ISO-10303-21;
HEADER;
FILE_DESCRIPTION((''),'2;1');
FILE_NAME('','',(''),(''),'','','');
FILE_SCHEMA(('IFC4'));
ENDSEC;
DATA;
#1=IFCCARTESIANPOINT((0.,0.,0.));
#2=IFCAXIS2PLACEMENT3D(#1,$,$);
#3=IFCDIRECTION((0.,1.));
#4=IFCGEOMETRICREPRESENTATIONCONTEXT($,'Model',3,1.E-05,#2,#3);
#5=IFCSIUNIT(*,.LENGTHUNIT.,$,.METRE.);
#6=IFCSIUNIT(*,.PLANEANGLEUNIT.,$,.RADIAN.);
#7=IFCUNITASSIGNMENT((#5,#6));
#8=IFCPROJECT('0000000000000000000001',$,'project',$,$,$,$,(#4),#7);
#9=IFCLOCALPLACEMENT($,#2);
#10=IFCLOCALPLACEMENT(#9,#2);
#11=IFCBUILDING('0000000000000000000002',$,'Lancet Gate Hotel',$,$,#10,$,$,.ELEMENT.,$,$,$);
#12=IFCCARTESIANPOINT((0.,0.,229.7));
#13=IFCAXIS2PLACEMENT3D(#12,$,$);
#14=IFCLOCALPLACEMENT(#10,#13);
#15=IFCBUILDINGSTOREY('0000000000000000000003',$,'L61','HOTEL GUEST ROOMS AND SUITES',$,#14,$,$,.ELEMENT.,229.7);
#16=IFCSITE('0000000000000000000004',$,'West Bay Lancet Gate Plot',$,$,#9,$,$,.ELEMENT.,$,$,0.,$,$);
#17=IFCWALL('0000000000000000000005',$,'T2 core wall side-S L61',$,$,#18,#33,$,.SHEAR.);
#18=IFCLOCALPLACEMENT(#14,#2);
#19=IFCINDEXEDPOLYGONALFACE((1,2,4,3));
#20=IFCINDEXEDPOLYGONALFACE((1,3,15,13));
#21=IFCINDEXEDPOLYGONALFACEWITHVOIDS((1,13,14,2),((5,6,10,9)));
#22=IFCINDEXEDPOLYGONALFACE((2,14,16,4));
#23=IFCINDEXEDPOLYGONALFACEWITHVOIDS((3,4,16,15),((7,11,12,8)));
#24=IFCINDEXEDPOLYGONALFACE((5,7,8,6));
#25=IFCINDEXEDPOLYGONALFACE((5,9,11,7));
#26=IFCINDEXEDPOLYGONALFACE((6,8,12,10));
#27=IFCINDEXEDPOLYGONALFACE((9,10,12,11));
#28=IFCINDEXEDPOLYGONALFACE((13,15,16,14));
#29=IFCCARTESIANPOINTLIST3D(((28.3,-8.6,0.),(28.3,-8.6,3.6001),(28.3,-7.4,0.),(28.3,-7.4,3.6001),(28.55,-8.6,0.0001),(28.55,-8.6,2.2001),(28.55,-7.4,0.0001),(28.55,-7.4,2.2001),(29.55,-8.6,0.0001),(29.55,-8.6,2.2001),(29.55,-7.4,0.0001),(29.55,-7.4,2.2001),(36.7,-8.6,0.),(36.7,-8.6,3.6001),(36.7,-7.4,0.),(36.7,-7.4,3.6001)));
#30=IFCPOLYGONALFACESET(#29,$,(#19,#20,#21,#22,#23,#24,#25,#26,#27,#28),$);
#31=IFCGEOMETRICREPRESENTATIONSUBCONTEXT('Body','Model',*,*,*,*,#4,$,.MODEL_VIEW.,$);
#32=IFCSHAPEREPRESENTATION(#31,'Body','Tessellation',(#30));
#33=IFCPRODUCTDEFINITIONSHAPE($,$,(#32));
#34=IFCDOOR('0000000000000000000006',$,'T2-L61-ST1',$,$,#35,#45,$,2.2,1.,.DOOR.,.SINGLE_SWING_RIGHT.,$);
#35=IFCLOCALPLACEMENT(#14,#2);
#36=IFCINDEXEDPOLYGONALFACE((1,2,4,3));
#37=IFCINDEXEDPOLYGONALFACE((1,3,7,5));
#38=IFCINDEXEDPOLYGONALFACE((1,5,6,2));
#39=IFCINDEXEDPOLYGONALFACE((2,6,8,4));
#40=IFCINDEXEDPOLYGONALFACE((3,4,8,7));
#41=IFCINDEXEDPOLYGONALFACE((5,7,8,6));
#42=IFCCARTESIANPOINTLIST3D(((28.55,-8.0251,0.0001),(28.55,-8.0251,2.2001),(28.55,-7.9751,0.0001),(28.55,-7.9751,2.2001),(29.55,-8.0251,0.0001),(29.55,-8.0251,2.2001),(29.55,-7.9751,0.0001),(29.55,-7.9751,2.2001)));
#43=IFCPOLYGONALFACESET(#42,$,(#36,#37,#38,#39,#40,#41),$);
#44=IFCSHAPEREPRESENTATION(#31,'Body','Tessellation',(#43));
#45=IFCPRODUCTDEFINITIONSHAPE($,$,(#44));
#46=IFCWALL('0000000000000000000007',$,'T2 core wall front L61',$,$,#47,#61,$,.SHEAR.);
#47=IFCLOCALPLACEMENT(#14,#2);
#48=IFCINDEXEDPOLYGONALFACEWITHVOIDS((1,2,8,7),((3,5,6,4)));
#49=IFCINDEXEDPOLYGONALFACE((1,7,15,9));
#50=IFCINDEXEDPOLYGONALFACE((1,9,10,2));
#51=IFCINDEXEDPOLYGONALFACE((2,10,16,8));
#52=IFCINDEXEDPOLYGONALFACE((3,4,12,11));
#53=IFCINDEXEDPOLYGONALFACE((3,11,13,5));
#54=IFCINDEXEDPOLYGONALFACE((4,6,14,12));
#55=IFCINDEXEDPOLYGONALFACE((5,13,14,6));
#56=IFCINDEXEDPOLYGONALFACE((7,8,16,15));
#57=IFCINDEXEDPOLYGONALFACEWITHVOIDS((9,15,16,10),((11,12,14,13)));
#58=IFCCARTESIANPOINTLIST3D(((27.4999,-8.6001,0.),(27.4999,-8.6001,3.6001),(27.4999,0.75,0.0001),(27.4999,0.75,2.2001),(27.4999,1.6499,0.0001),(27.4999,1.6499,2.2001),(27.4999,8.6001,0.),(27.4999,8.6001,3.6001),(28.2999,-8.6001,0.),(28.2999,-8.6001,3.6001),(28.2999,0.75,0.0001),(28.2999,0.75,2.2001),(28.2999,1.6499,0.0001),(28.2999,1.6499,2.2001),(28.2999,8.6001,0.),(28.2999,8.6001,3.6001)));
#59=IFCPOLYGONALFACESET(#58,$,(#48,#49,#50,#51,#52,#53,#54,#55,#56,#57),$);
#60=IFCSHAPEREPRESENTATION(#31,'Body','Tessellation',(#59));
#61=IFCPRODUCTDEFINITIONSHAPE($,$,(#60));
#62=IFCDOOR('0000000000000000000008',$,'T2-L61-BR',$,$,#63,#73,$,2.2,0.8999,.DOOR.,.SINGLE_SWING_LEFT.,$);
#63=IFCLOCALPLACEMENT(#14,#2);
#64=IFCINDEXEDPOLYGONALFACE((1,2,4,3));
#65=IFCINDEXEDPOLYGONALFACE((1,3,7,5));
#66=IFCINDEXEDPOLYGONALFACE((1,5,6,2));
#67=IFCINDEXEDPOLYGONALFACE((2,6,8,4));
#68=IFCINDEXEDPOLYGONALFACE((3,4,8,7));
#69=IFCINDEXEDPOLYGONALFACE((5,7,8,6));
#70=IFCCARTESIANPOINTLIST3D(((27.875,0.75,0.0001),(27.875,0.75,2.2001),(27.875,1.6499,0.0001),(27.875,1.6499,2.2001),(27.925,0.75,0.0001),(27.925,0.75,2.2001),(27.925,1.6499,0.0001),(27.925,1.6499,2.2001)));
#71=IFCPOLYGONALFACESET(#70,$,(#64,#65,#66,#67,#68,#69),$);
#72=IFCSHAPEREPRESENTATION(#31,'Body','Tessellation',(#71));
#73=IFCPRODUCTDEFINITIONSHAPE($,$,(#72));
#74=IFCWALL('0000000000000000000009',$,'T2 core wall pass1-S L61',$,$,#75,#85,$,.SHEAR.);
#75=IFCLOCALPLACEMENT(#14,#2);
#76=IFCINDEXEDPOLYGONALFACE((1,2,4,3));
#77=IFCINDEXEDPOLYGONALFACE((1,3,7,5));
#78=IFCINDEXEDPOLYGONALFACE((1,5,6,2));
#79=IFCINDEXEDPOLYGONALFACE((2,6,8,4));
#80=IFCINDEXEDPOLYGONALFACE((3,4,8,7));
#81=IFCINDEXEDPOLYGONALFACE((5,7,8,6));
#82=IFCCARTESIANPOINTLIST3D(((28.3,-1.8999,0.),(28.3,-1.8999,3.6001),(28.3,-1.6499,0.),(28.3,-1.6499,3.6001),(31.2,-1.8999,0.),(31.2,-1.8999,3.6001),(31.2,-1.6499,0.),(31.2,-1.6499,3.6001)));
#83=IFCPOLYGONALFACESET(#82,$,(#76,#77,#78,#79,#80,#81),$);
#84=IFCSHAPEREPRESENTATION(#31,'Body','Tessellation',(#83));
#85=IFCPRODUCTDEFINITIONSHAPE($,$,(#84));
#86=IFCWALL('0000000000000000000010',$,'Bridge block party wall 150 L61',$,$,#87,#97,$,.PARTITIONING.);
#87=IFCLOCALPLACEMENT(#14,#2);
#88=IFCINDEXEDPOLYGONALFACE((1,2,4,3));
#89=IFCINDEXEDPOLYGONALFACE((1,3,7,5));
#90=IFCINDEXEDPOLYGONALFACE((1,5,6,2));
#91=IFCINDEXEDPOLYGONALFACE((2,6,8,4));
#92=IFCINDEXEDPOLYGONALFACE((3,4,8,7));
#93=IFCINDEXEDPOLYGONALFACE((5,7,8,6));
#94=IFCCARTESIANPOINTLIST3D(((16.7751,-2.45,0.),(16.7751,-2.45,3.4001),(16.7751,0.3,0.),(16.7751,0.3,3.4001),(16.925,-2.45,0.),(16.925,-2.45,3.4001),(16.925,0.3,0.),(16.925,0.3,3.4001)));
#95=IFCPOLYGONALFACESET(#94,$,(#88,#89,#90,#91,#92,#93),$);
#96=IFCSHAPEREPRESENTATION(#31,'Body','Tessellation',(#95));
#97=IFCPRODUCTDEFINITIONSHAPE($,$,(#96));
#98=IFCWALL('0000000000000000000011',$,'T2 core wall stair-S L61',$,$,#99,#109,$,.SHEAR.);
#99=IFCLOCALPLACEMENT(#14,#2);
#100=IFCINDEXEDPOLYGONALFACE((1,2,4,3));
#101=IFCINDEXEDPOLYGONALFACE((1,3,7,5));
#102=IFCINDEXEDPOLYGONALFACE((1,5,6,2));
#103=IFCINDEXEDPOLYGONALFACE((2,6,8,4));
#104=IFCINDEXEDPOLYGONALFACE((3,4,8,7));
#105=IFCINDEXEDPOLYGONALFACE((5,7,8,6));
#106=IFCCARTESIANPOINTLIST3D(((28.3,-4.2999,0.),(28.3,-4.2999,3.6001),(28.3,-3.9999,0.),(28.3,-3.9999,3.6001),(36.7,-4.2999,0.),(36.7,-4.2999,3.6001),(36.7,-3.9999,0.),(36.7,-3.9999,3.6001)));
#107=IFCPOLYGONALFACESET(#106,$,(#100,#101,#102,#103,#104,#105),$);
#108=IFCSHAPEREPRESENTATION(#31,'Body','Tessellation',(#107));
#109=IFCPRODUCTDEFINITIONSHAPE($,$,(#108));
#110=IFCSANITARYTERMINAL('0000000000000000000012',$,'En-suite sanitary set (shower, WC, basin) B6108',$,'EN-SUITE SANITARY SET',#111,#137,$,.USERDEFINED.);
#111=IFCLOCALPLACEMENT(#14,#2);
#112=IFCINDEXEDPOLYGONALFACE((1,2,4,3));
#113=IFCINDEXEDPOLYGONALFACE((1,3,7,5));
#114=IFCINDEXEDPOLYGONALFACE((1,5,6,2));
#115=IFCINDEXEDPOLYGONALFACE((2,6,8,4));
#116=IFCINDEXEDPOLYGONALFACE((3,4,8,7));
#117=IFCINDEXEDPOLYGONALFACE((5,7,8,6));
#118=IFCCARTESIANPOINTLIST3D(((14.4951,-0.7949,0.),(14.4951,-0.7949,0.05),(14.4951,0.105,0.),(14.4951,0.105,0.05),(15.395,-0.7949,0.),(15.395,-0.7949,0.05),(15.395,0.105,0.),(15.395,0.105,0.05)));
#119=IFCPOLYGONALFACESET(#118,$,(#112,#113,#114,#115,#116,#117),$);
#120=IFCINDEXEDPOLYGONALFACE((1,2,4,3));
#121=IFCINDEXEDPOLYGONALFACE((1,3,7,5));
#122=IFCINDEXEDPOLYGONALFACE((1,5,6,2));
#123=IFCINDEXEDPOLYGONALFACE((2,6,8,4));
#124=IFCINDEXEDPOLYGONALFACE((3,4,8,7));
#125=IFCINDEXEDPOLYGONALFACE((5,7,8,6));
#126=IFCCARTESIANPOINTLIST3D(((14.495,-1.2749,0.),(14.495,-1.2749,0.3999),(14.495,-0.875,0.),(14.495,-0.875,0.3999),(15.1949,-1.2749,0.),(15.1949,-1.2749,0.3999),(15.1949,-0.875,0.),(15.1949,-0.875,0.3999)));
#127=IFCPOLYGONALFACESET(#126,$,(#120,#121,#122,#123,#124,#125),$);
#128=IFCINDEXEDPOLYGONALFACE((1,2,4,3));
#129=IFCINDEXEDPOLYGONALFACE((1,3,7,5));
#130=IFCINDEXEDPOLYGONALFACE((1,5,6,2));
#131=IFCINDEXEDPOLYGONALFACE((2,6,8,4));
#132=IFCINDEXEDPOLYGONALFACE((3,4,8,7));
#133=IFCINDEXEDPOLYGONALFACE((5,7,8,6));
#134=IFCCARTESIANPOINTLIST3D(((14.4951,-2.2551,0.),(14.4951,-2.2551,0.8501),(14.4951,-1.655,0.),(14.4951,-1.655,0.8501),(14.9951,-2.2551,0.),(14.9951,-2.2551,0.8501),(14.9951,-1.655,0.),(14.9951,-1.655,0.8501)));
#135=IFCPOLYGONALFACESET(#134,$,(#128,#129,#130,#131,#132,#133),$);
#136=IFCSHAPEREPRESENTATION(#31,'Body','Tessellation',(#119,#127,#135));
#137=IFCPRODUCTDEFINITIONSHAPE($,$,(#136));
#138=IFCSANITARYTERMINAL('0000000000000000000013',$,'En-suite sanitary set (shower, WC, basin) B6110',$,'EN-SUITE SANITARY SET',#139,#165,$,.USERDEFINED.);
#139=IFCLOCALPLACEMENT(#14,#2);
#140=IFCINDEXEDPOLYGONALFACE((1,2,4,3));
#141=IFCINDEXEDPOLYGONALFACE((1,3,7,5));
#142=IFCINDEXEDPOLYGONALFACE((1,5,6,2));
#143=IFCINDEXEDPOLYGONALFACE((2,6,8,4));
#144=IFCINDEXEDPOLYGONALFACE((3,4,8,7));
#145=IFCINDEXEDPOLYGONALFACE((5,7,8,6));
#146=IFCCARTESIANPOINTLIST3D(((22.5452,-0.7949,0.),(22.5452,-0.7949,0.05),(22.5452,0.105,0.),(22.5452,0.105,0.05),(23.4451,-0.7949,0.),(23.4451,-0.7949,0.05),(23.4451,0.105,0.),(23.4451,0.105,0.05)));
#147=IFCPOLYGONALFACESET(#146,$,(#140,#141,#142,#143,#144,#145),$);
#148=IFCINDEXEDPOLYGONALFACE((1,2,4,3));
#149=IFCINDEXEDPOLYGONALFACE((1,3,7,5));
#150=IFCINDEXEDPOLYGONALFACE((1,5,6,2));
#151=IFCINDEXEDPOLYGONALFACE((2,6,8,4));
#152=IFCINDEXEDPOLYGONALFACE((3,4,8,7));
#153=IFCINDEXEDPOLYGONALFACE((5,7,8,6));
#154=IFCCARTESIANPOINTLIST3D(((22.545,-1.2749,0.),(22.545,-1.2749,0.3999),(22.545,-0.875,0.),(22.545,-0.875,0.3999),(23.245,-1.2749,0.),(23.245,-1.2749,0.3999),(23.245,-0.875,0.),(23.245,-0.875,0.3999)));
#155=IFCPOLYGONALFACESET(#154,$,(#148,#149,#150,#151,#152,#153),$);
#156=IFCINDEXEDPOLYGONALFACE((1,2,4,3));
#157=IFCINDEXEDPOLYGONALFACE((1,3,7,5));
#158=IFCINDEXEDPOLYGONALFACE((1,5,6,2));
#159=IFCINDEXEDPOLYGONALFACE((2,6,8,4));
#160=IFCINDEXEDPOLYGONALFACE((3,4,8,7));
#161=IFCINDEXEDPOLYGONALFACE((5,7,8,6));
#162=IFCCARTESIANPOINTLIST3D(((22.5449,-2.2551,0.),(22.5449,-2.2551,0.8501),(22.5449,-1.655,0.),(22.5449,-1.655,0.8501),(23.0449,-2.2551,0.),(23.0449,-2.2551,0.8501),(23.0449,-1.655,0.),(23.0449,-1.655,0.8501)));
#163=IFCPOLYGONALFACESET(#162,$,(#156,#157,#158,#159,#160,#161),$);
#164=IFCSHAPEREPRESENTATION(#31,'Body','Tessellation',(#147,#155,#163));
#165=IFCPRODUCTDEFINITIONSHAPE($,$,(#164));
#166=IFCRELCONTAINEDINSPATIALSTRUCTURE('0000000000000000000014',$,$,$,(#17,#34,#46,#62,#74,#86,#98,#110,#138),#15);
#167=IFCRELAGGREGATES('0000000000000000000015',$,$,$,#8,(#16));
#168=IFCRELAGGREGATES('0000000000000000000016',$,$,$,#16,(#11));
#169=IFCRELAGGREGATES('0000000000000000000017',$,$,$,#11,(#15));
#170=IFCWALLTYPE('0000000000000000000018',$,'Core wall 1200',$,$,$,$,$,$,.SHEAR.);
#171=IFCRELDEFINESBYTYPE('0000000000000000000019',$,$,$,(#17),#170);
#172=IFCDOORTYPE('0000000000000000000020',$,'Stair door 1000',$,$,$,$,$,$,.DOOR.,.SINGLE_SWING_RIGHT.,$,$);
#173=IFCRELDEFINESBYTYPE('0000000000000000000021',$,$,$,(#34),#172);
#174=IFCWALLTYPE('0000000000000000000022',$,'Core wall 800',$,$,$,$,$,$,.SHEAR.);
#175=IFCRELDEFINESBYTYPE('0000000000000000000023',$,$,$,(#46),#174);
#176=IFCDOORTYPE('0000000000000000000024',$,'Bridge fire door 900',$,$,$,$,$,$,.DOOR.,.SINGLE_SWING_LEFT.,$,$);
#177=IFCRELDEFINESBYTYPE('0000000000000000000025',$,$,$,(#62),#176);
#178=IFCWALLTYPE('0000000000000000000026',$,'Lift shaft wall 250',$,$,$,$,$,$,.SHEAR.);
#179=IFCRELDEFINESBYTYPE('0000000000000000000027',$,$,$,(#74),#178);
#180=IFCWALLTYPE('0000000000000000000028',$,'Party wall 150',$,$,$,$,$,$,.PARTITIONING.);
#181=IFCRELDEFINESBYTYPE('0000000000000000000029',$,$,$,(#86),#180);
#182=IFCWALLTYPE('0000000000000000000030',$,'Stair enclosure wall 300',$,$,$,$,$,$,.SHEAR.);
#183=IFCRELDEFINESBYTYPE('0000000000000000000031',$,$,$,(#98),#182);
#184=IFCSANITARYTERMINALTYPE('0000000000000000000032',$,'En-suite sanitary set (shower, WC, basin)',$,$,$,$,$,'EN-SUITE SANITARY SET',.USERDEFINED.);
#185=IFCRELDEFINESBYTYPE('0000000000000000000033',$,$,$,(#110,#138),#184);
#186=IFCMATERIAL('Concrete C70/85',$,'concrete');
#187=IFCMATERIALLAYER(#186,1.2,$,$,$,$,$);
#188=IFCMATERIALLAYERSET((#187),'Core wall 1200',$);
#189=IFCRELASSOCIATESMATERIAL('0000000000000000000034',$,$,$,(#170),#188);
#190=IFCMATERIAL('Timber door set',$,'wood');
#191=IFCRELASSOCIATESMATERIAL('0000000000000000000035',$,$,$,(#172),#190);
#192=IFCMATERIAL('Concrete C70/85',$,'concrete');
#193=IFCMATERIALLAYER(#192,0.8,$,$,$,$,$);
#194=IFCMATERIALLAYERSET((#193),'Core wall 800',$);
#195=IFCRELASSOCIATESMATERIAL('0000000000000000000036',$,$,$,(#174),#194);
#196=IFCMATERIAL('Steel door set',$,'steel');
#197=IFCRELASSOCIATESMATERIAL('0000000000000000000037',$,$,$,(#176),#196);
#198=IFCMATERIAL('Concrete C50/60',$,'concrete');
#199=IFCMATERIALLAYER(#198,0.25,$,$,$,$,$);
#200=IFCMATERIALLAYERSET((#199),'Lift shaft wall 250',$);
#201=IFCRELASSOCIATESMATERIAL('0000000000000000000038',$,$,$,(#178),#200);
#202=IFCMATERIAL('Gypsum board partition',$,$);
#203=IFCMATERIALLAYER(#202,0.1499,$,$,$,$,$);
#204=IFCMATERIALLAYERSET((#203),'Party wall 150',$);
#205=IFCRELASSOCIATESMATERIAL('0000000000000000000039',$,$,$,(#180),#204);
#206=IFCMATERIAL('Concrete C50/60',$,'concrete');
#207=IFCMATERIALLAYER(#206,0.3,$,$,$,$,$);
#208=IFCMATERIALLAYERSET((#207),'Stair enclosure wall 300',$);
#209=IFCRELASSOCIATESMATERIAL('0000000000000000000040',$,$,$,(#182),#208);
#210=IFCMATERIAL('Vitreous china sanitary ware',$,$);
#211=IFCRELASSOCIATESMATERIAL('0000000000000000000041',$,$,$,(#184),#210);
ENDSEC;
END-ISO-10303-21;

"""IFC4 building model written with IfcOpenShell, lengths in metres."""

from ifc_helpers import new_model, si_unit, direction, frame, frame_2d, origin, origin_2d, place, context, subcontext, project, spatial, rectangle, extrude, material, layer, layer_set, type_object, element, fill, save


model = new_model("IFC4")

# Units and contexts
model_context = context("Model", 3, precision=1e-05, world=origin(), true_north=direction((0.0, 1.0)))
body_context = subcontext(model_context, "Body", "Model", "MODEL_VIEW")
ifc_project = project(units=[si_unit("LENGTHUNIT", "METRE"), si_unit("PLANEANGLEUNIT", "RADIAN")], contexts=[model_context])

# Site, building, storey
site_placement = place(None, origin())
site = spatial("IfcSite", under=ifc_project, at=site_placement, Name="West Bay Lancet Gate Plot", CompositionType="ELEMENT", RefElevation=0.0)
building_placement = place(site_placement, origin())
building = spatial("IfcBuilding", under=site, at=building_placement, Name="Lancet Gate Hotel", CompositionType="ELEMENT")
storey_placement = place(building_placement, frame((0.0, 0.0, 229.7)))
storey = spatial("IfcBuildingStorey", under=building, at=storey_placement, Name="L61", Description="HOTEL GUEST ROOMS AND SUITES", CompositionType="ELEMENT", Elevation=229.7)

# Walls, openings, doors
ifc_material_1 = material(Name="Concrete C70/85", Category="concrete")
ifc_layer_1 = layer(ifc_material_1, 1.2)
ifc_layer_set_1 = layer_set([ifc_layer_1], Name="Core wall 1200")
wall_type_1 = type_object("IfcWallType", Name="Core wall 1200", PredefinedType="SHEAR", material=ifc_layer_set_1)
wall_1_placement = place(storey_placement, frame((28.3, -8.0, 0.0), z_axis=(0.0, 0.0, 1.0), x_axis=(1.0, 0.0, 0.0)))
wall_1 = element("IfcWall", 1, at=wall_1_placement, inside=storey, type_object=wall_type_1, Name="T2 core wall side-S L61", PredefinedType="SHEAR", context=body_context, shape_type="SweptSolid", body=[
    extrude(rectangle(XDim=8.3999, YDim=1.2, at=frame_2d((4.2, 0.0))), origin(), (0.0, 0.0, 1.0), 3.6001),
])
opening_1_placement = place(wall_1_placement, frame((0.25, 0.0, 0.0)))
opening_1 = element("IfcOpeningElement", 2, at=opening_1_placement, cuts=wall_1, PredefinedType="OPENING", context=body_context, shape_type="SweptSolid", body=[
    extrude(rectangle(XDim=1.0, YDim=2.2, at=frame_2d((0.5, 1.1001))), frame((0.0, 0.6099, 0.0), z_axis=(0.0, -1.0, 0.0), x_axis=(1.0, 0.0, 0.0)), (0.0, 0.0, 1.0), 1.22),
])
ifc_material_2 = material(Name="Timber door set", Category="wood")
door_type_1 = type_object("IfcDoorType", Name="Stair door 1000", OperationType="SINGLE_SWING_RIGHT", PredefinedType="DOOR", material=ifc_material_2)
door_1_placement = place(opening_1_placement, origin())
door_1 = element("IfcDoor", 3, at=door_1_placement, inside=storey, type_object=door_type_1, Name="T2-L61-ST1", OperationType="SINGLE_SWING_RIGHT", OverallHeight=2.2, OverallWidth=1.0, PredefinedType="DOOR", context=body_context, shape_type="SweptSolid", body=[
    extrude(rectangle(XDim=1.0, YDim=2.2, at=frame_2d((0.5, 1.1001))), frame((0.0, 0.0249, 0.0), z_axis=(0.0, -1.0, 0.0), x_axis=(1.0, 0.0, 0.0)), (0.0, 0.0, 1.0), 0.05),
])
fill(opening_1, door_1)
ifc_material_3 = material(Name="Concrete C70/85", Category="concrete")
ifc_layer_2 = layer(ifc_material_3, 0.8)
ifc_layer_set_2 = layer_set([ifc_layer_2], Name="Core wall 800")
wall_type_2 = type_object("IfcWallType", Name="Core wall 800", PredefinedType="SHEAR", material=ifc_layer_set_2)
wall_2_placement = place(storey_placement, frame((27.8999, -8.6001, 0.0), z_axis=(0.0, 0.0, 1.0), x_axis=(0.0, 1.0, 0.0)))
wall_2 = element("IfcWall", 4, at=wall_2_placement, inside=storey, type_object=wall_type_2, Name="T2 core wall front L61", PredefinedType="SHEAR", context=body_context, shape_type="SweptSolid", body=[
    extrude(rectangle(XDim=17.2002, YDim=0.8, at=frame_2d((8.6001, 0.0))), origin(), (0.0, 0.0, 1.0), 3.6001),
])
opening_2_placement = place(wall_2_placement, frame((9.3501, 0.0, 0.0)))
opening_2 = element("IfcOpeningElement", 5, at=opening_2_placement, cuts=wall_2, PredefinedType="OPENING", context=body_context, shape_type="SweptSolid", body=[
    extrude(rectangle(XDim=0.8999, YDim=2.2, at=frame_2d((0.45, 1.1001))), frame((0.0, 0.4099, 0.0), z_axis=(0.0, -1.0, 0.0), x_axis=(1.0, 0.0, 0.0)), (0.0, 0.0, 1.0), 0.8201),
])
ifc_material_4 = material(Name="Steel door set", Category="steel")
door_type_2 = type_object("IfcDoorType", Name="Bridge fire door 900", OperationType="SINGLE_SWING_LEFT", PredefinedType="DOOR", material=ifc_material_4)
door_2_placement = place(opening_2_placement, origin())
door_2 = element("IfcDoor", 6, at=door_2_placement, inside=storey, type_object=door_type_2, Name="T2-L61-BR", OperationType="SINGLE_SWING_LEFT", OverallHeight=2.2, OverallWidth=0.8999, PredefinedType="DOOR", context=body_context, shape_type="SweptSolid", body=[
    extrude(rectangle(XDim=0.8999, YDim=2.2, at=frame_2d((0.45, 1.1001))), frame((0.0, 0.0249, 0.0), z_axis=(0.0, -1.0, 0.0), x_axis=(1.0, 0.0, 0.0)), (0.0, 0.0, 1.0), 0.05),
])
fill(opening_2, door_2)

# Walls
ifc_material_5 = material(Name="Concrete C50/60", Category="concrete")
ifc_layer_3 = layer(ifc_material_5, 0.25)
ifc_layer_set_3 = layer_set([ifc_layer_3], Name="Lift shaft wall 250")
wall_type_3 = type_object("IfcWallType", Name="Lift shaft wall 250", PredefinedType="SHEAR", material=ifc_layer_set_3)
wall_3_placement = place(storey_placement, frame((28.3, -1.7749, 0.0), z_axis=(0.0, 0.0, 1.0), x_axis=(1.0, 0.0, 0.0)))
element("IfcWall", 7, at=wall_3_placement, inside=storey, type_object=wall_type_3, Name="T2 core wall pass1-S L61", PredefinedType="SHEAR", context=body_context, shape_type="SweptSolid", body=[
    extrude(rectangle(XDim=2.8999, YDim=0.25, at=frame_2d((1.45, 0.0))), origin(), (0.0, 0.0, 1.0), 3.6001),
])
ifc_material_6 = material(Name="Gypsum board partition")
ifc_layer_4 = layer(ifc_material_6, 0.1499)
ifc_layer_set_4 = layer_set([ifc_layer_4], Name="Party wall 150")
wall_type_4 = type_object("IfcWallType", Name="Party wall 150", PredefinedType="PARTITIONING", material=ifc_layer_set_4)
wall_4_placement = place(storey_placement, frame((16.8501, -2.45, 0.0), z_axis=(0.0, 0.0, 1.0), x_axis=(0.0, 1.0, 0.0)))
element("IfcWall", 8, at=wall_4_placement, inside=storey, type_object=wall_type_4, Name="Bridge block party wall 150 L61", PredefinedType="PARTITIONING", context=body_context, shape_type="SweptSolid", body=[
    extrude(rectangle(XDim=2.75, YDim=0.1499, at=frame_2d((1.375, 0.0))), origin(), (0.0, 0.0, 1.0), 3.4001),
])
ifc_material_7 = material(Name="Concrete C50/60", Category="concrete")
ifc_layer_5 = layer(ifc_material_7, 0.3)
ifc_layer_set_5 = layer_set([ifc_layer_5], Name="Stair enclosure wall 300")
wall_type_5 = type_object("IfcWallType", Name="Stair enclosure wall 300", PredefinedType="SHEAR", material=ifc_layer_set_5)
wall_5_placement = place(storey_placement, frame((28.3, -4.1499, 0.0), z_axis=(0.0, 0.0, 1.0), x_axis=(1.0, 0.0, 0.0)))
element("IfcWall", 9, at=wall_5_placement, inside=storey, type_object=wall_type_5, Name="T2 core wall stair-S L61", PredefinedType="SHEAR", context=body_context, shape_type="SweptSolid", body=[
    extrude(rectangle(XDim=8.3999, YDim=0.3, at=frame_2d((4.2, 0.0))), origin(), (0.0, 0.0, 1.0), 3.6001),
])

# Sanitary terminals
ifc_material_8 = material(Name="Vitreous china sanitary ware")
sanitary_terminal_type = type_object("IfcSanitaryTerminalType", Name="En-suite sanitary set (shower, WC, basin)", ElementType="EN-SUITE SANITARY SET", PredefinedType="USERDEFINED", material=ifc_material_8)
sanitary_terminal_1_placement = place(storey_placement, frame((14.9451, -0.345, 0.0), z_axis=(0.0, 0.0, 1.0), x_axis=(1.0, 0.0, 0.0)))
element("IfcSanitaryTerminal", 10, at=sanitary_terminal_1_placement, inside=storey, type_object=sanitary_terminal_type, Name="En-suite sanitary set (shower, WC, basin) B6108", ObjectType="EN-SUITE SANITARY SET", PredefinedType="USERDEFINED", context=body_context, shape_type="SweptSolid", body=[
    extrude(rectangle(XDim=0.8999, YDim=0.8999, at=origin_2d()), frame((0.0, 0.0, 0.0), z_axis=(0.0, 0.0, 1.0), x_axis=(0.0, 1.0, 0.0)), (0.0, 0.0, 1.0), 0.05),
    extrude(rectangle(XDim=0.3999, YDim=0.7, at=origin_2d()), frame((-0.1001, -0.73, 0.0), z_axis=(0.0, 0.0, 1.0), x_axis=(0.0, 1.0, 0.0)), (0.0, 0.0, 1.0), 0.3999),
    extrude(rectangle(XDim=0.6001, YDim=0.5, at=origin_2d()), frame((-0.2, -1.6101, 0.0), z_axis=(0.0, 0.0, 1.0), x_axis=(0.0, 1.0, 0.0)), (0.0, 0.0, 1.0), 0.8501),
])
sanitary_terminal_2_placement = place(storey_placement, frame((22.9951, -0.345, 0.0), z_axis=(0.0, 0.0, 1.0), x_axis=(1.0, 0.0, 0.0)))
element("IfcSanitaryTerminal", 11, at=sanitary_terminal_2_placement, inside=storey, type_object=sanitary_terminal_type, Name="En-suite sanitary set (shower, WC, basin) B6110", ObjectType="EN-SUITE SANITARY SET", PredefinedType="USERDEFINED", context=body_context, shape_type="SweptSolid", body=[
    extrude(rectangle(XDim=0.8999, YDim=0.8999, at=origin_2d()), frame((0.0, 0.0, 0.0), z_axis=(0.0, 0.0, 1.0), x_axis=(0.0, 1.0, 0.0)), (0.0, 0.0, 1.0), 0.05),
    extrude(rectangle(XDim=0.3999, YDim=0.7, at=origin_2d()), frame((-0.1001, -0.73, 0.0), z_axis=(0.0, 0.0, 1.0), x_axis=(0.0, 1.0, 0.0)), (0.0, 0.0, 1.0), 0.3999),
    extrude(rectangle(XDim=0.6001, YDim=0.5, at=origin_2d()), frame((-0.2002, -1.6101, 0.0), z_axis=(0.0, 0.0, 1.0), x_axis=(0.0, 1.0, 0.0)), (0.0, 0.0, 1.0), 0.8501),
])

save(model, "model.ifc")
